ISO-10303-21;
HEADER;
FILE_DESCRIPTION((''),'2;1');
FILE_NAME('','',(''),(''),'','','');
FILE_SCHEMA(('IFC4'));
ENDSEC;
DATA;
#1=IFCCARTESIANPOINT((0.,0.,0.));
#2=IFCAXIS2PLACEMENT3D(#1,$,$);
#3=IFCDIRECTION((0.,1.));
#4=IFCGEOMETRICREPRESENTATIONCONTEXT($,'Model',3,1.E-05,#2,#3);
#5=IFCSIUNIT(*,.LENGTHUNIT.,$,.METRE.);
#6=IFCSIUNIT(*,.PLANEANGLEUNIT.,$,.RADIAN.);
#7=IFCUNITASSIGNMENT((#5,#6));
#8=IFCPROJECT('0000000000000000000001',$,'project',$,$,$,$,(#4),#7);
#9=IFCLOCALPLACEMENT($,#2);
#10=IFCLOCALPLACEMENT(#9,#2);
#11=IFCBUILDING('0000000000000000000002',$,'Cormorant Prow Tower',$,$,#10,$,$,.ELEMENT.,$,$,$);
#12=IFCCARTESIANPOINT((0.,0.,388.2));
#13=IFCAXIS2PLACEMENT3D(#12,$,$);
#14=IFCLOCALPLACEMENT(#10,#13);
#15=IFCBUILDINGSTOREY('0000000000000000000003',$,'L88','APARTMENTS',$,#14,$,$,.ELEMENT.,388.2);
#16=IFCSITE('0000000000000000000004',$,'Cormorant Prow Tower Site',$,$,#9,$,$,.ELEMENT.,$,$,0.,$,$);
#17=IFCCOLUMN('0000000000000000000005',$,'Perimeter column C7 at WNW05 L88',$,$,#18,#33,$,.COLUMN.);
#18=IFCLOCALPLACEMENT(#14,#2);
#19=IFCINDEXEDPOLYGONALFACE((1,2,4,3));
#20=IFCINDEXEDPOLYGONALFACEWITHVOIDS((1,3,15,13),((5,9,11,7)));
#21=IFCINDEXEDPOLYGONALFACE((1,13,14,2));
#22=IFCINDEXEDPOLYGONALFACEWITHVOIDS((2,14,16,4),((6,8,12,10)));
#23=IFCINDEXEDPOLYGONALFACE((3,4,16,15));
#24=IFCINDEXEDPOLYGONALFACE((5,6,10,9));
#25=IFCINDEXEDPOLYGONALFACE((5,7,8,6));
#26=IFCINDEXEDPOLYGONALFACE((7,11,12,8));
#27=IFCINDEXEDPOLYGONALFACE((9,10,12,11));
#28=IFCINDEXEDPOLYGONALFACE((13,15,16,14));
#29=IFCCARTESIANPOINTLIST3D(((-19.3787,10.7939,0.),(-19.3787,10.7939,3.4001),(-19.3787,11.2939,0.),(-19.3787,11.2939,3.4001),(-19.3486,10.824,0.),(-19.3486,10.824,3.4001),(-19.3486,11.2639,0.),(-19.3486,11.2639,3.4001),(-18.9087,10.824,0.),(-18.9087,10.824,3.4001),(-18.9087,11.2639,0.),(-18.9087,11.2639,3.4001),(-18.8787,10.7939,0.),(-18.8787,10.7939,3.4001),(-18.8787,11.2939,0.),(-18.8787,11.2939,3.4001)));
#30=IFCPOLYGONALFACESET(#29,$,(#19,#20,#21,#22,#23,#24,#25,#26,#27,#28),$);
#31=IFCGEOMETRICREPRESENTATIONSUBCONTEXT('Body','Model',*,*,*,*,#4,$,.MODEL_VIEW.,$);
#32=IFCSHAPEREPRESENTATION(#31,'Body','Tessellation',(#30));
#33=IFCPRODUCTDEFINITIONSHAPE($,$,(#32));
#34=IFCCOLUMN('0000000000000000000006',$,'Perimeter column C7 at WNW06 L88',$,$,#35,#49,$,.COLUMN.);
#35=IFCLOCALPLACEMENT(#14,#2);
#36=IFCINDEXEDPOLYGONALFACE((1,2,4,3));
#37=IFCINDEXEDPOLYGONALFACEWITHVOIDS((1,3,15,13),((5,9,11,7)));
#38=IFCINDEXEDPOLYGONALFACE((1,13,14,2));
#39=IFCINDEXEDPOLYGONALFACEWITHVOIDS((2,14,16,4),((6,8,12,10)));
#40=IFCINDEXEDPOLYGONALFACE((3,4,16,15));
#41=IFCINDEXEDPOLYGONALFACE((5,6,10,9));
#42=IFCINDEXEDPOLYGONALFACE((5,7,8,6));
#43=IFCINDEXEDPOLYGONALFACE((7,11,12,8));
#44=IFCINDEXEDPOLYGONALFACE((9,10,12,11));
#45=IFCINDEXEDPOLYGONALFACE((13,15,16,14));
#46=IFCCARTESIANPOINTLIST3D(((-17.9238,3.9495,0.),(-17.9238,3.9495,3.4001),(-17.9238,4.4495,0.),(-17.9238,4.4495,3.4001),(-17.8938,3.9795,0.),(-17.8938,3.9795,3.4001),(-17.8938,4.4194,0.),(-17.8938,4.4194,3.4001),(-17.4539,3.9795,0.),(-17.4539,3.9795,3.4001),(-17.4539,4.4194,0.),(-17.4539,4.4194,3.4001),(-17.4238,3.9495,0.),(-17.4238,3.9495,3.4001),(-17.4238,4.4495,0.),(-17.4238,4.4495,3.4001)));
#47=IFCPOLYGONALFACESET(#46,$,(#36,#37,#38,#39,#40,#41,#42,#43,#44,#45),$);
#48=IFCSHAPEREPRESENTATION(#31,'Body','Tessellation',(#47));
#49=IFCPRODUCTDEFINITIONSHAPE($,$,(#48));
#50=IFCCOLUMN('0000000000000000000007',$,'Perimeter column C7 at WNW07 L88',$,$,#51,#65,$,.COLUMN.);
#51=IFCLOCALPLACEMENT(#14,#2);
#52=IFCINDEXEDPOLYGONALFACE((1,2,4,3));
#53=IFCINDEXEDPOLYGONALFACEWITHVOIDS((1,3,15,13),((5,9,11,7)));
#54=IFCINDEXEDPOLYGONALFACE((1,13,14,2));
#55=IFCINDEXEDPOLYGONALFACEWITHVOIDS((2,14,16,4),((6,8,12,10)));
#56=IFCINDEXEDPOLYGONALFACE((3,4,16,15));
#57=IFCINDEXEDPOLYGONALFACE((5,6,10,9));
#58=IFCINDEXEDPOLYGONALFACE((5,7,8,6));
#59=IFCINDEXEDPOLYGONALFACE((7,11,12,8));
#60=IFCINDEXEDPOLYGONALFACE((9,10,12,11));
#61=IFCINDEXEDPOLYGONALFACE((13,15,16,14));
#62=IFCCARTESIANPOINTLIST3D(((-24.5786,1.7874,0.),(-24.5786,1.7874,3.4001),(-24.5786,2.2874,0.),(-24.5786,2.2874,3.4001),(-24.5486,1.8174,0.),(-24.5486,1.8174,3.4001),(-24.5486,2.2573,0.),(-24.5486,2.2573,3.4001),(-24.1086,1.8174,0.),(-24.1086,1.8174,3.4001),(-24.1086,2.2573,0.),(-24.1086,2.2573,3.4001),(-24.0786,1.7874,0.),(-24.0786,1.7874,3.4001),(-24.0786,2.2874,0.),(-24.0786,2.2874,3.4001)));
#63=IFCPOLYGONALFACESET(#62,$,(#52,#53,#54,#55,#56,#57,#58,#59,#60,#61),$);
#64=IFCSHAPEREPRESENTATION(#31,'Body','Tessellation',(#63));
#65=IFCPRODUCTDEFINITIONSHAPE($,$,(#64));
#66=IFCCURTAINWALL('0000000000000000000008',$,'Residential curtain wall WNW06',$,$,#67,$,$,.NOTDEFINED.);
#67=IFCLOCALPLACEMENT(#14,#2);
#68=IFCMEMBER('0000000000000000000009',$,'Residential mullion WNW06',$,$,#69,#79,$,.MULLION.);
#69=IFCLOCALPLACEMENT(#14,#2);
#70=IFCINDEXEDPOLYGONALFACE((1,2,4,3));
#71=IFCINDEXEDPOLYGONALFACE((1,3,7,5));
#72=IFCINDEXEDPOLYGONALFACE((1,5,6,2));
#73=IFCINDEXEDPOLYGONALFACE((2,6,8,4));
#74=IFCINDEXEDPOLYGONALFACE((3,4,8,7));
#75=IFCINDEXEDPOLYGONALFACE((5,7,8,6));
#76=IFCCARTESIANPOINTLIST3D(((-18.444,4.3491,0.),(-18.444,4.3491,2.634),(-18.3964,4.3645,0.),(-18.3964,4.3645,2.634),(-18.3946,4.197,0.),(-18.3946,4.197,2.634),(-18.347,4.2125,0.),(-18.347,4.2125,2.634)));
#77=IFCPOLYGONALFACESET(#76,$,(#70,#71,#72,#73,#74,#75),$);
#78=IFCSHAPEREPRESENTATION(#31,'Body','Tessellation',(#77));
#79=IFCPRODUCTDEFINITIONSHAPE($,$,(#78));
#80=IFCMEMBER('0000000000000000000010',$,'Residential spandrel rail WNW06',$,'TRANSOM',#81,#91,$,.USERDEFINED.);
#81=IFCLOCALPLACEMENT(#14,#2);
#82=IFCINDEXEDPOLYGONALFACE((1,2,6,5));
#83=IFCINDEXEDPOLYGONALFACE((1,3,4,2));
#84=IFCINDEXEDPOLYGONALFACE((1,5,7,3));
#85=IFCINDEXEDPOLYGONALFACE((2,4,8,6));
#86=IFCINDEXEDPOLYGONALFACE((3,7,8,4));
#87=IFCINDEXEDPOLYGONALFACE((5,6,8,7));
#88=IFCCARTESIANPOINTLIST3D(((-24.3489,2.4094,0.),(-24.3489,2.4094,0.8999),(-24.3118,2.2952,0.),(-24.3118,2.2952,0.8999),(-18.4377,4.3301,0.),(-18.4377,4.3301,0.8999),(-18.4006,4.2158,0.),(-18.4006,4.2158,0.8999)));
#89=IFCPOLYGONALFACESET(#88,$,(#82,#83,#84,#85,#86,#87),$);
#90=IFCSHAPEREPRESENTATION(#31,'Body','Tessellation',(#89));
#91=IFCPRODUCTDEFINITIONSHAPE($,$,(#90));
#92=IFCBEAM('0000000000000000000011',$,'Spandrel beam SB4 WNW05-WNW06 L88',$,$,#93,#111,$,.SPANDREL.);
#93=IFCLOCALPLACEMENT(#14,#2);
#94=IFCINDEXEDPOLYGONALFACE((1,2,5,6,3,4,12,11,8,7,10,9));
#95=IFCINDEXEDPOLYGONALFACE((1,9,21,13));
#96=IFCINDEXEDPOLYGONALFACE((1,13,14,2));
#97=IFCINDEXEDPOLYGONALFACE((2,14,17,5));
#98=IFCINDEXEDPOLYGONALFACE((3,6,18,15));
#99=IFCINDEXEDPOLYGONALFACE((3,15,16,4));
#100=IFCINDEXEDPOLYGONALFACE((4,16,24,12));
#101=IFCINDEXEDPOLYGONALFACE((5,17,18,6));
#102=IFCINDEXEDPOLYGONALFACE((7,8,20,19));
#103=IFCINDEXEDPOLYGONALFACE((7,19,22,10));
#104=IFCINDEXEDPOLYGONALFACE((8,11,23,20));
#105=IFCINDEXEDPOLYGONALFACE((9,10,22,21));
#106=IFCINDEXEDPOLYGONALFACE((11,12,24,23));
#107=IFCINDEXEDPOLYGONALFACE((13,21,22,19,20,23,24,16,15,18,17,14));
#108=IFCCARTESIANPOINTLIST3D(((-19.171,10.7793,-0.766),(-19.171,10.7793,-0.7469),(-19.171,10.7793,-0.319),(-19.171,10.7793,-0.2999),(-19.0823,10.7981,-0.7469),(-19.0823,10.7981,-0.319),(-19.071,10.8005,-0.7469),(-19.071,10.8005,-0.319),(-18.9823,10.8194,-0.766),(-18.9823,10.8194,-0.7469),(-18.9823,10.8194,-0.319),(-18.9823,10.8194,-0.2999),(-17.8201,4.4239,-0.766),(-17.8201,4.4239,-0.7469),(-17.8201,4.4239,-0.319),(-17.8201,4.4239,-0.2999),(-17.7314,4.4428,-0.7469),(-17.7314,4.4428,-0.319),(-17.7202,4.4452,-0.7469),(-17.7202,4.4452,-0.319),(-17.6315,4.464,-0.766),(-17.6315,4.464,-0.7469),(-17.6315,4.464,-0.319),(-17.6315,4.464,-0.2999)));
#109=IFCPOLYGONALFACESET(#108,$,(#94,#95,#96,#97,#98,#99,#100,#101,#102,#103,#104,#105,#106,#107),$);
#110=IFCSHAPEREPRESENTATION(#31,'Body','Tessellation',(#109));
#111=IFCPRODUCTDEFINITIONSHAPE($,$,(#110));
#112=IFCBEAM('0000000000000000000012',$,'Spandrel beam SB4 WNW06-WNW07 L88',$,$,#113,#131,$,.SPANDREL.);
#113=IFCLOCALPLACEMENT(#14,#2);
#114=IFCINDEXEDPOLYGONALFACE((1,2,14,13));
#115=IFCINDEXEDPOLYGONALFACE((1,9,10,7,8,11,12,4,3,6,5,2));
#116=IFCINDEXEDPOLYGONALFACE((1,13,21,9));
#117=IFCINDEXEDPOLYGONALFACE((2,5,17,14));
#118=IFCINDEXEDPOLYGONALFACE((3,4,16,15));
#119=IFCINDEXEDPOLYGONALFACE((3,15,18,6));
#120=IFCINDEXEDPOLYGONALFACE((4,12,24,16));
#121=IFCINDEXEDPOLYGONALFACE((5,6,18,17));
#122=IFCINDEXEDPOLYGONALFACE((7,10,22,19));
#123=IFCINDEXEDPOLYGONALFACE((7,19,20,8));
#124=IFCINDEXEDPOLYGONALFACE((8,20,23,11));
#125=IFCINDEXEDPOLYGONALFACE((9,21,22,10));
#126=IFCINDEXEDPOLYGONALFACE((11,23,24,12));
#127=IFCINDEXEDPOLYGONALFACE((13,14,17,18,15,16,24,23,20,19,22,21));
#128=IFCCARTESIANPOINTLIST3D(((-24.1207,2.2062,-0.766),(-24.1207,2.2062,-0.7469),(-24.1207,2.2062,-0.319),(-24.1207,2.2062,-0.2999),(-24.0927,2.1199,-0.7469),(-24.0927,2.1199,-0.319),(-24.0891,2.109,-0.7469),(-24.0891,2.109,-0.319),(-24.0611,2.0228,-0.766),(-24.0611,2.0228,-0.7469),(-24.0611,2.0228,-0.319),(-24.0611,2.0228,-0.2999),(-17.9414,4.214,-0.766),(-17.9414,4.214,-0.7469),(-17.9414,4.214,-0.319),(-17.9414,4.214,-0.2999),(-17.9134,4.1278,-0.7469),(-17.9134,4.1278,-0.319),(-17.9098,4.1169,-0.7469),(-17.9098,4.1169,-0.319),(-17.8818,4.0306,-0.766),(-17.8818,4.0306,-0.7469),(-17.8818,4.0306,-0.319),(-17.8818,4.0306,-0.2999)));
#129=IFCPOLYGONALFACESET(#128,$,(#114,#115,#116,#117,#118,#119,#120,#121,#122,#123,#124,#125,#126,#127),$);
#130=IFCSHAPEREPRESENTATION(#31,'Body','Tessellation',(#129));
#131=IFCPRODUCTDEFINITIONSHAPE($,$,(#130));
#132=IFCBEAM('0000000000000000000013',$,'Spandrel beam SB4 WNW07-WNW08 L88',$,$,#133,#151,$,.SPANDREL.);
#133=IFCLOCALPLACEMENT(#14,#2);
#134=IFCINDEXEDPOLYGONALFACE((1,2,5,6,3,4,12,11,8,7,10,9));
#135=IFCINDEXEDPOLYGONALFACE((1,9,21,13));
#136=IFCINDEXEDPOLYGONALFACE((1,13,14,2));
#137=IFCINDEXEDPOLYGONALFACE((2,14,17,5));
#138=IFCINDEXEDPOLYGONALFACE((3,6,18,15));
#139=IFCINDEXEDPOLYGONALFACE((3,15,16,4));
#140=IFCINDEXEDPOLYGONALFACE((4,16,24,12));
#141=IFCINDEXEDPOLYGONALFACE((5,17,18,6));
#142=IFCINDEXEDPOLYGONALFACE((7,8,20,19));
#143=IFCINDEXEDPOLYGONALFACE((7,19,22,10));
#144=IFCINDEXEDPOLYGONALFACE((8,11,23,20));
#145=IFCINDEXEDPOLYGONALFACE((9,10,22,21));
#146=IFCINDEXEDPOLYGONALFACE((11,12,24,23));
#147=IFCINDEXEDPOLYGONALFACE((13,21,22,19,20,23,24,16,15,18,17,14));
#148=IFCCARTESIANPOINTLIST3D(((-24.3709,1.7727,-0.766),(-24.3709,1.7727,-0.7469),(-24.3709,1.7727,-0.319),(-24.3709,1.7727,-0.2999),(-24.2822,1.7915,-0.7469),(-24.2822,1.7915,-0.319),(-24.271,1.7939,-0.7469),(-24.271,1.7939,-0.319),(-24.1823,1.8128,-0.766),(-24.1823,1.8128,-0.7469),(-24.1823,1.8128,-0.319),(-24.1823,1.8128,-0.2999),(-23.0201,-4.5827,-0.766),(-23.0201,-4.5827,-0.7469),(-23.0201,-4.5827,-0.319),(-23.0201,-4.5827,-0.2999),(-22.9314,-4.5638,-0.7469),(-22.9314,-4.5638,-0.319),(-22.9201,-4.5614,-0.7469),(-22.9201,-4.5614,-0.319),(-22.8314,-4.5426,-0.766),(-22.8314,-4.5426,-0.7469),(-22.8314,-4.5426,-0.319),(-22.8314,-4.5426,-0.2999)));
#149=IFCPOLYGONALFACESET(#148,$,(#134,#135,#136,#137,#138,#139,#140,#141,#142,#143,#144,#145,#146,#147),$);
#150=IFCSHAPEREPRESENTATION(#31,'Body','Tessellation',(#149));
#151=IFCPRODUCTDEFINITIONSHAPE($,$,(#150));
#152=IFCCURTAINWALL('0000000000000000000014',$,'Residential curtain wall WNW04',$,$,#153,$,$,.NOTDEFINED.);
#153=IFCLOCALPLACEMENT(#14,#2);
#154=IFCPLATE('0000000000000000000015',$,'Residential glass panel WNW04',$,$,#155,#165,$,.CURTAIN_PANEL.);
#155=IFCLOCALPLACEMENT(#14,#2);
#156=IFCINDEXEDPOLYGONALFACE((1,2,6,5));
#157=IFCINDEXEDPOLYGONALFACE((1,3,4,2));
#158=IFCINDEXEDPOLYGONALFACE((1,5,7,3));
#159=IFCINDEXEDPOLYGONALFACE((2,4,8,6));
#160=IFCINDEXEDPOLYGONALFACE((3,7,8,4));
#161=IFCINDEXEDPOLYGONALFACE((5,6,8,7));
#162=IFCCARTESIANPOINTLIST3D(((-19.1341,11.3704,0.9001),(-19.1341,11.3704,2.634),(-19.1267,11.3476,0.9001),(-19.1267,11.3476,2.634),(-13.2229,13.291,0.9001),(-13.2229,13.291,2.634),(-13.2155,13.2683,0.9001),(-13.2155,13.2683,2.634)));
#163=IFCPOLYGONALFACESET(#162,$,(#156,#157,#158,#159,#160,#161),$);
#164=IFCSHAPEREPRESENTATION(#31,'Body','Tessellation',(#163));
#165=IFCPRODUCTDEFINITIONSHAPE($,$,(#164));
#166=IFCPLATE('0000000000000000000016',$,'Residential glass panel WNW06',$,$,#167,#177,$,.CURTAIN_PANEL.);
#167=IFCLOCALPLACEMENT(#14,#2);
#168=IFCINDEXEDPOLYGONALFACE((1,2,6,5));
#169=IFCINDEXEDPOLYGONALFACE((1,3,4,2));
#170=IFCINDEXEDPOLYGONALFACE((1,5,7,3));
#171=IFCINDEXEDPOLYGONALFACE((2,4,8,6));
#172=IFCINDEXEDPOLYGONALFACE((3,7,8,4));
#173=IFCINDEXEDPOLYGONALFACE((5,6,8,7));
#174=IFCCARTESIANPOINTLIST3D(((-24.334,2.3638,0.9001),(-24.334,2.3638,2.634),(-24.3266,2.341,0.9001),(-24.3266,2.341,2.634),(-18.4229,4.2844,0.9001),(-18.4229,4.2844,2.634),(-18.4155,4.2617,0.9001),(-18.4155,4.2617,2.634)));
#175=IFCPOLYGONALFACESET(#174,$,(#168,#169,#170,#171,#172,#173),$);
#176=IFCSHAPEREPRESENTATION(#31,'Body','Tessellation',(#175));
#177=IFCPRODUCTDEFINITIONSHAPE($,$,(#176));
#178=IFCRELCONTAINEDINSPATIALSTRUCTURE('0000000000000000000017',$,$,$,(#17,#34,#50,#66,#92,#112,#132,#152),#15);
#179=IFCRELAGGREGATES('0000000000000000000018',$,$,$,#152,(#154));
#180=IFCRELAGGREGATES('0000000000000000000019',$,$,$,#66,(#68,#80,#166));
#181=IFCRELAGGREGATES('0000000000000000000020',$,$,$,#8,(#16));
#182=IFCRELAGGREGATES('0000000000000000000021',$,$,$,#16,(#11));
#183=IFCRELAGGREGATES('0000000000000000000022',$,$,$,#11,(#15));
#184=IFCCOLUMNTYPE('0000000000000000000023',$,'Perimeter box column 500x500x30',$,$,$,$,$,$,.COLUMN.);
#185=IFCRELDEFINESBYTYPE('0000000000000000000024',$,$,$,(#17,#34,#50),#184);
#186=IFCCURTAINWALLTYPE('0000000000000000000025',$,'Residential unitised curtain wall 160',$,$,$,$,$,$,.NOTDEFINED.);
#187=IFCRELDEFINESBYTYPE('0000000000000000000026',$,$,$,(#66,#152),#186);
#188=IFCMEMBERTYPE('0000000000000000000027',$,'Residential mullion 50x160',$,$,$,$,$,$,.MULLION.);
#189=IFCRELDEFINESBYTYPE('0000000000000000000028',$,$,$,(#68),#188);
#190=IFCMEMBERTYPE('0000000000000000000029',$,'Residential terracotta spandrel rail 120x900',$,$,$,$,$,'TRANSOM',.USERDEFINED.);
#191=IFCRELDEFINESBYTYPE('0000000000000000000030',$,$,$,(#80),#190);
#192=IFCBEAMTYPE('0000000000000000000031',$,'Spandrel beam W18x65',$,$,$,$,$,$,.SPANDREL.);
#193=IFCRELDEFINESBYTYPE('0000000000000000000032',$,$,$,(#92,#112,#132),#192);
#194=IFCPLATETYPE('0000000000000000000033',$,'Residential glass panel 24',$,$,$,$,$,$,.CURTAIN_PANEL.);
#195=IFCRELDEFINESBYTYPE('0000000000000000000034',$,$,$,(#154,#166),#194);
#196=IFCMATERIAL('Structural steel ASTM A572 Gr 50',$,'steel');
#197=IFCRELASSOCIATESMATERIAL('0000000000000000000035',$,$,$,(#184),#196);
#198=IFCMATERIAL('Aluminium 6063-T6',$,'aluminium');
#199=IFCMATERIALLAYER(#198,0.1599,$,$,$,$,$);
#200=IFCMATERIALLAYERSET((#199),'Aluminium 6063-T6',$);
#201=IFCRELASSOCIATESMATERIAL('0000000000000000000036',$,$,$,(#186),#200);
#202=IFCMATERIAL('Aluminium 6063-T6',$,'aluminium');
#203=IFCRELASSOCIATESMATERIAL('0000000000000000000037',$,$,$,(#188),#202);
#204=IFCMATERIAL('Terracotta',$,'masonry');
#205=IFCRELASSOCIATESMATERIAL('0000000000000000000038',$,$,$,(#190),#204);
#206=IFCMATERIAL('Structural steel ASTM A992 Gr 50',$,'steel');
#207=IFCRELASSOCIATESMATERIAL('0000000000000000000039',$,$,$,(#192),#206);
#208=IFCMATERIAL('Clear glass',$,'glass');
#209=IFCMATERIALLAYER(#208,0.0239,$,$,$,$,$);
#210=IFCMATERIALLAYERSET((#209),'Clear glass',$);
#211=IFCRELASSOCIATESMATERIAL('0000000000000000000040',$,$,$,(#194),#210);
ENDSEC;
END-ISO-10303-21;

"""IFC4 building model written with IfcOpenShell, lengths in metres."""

from ifc_helpers import new_model, si_unit, direction, frame, origin, origin_2d, place, context, subcontext, project, spatial, rectangle, hollow_rectangle, i_section, extrude, material, layer, layer_set, material_profile, profile_set, type_object, element, aggregate, save


model = new_model("IFC4")

# Units and contexts
model_context = context("Model", 3, precision=1e-05, world=origin(), true_north=direction((0.0, 1.0)))
body_context = subcontext(model_context, "Body", "Model", "MODEL_VIEW")
ifc_project = project(units=[si_unit("LENGTHUNIT", "METRE"), si_unit("PLANEANGLEUNIT", "RADIAN")], contexts=[model_context])

# Site, building, storey
site_placement = place(None, origin())
site = spatial("IfcSite", under=ifc_project, at=site_placement, Name="Cormorant Prow Tower Site", CompositionType="ELEMENT", RefElevation=0.0)
building_placement = place(site_placement, origin())
building = spatial("IfcBuilding", under=site, at=building_placement, Name="Cormorant Prow Tower", CompositionType="ELEMENT")
storey_placement = place(building_placement, frame((0.0, 0.0, 388.2)))
storey = spatial("IfcBuildingStorey", under=building, at=storey_placement, Name="L88", Description="APARTMENTS", CompositionType="ELEMENT", Elevation=388.2)

# Columns
ifc_material_1 = material(Name="Structural steel ASTM A572 Gr 50", Category="steel")
ifc_material_profile_1 = material_profile(ifc_material_1, hollow_rectangle(XDim=0.5, YDim=0.5, WallThickness=0.03, at=origin_2d()), Name="Box 500x500x30")
ifc_profile_set_1 = profile_set([ifc_material_profile_1], Name="Structural steel ASTM A572 Gr 50")
column_type = type_object("IfcColumnType", Name="Perimeter box column 500x500x30", PredefinedType="COLUMN", material=ifc_profile_set_1)
for number, where, z_axis, x_axis, name in (
    (1, (-19.1287, 11.0439, 0.0), (0.0, 0.0, 1.0), (1.0, 0.0, 0.0), "Perimeter column C7 at WNW05 L88"),
    (2, (-17.6738, 4.1995, 0.0), (0.0, 0.0, 1.0), (1.0, 0.0, 0.0), "Perimeter column C7 at WNW06 L88"),
    (3, (-24.3286, 2.0374, 0.0), (0.0, 0.0, 1.0), (1.0, 0.0, 0.0), "Perimeter column C7 at WNW07 L88"),
):
    element("IfcColumn", number, at=place(storey_placement, frame(where, z_axis=z_axis, x_axis=x_axis)), inside=storey, type_object=column_type, Name=name, PredefinedType="COLUMN", context=body_context, shape_type="SweptSolid", body=[
        extrude(hollow_rectangle(XDim=0.5, YDim=0.5, WallThickness=0.03, at=origin_2d()), origin(), (0.0, 0.0, 1.0), 3.4001),
    ])

# Curtain wall, members
ifc_material_2 = material(Name="Aluminium 6063-T6", Category="aluminium")
ifc_layer_1 = layer(ifc_material_2, 0.1599)
ifc_layer_set_1 = layer_set([ifc_layer_1], Name="Aluminium 6063-T6")
curtain_wall_type = type_object("IfcCurtainWallType", Name="Residential unitised curtain wall 160", PredefinedType="NOTDEFINED", material=ifc_layer_set_1)
curtain_wall_1_placement = place(storey_placement, origin())
curtain_wall_1 = element("IfcCurtainWall", 4, at=curtain_wall_1_placement, inside=storey, type_object=curtain_wall_type, Name="Residential curtain wall WNW06", PredefinedType="NOTDEFINED")
ifc_material_3 = material(Name="Aluminium 6063-T6", Category="aluminium")
ifc_material_profile_2 = material_profile(ifc_material_3, rectangle(XDim=0.1599, YDim=0.05, at=origin_2d()), Name="Residential mullion 50x160")
ifc_profile_set_2 = profile_set([ifc_material_profile_2], Name="Aluminium 6063-T6")
member_type_1 = type_object("IfcMemberType", Name="Residential mullion 50x160", PredefinedType="MULLION", material=ifc_profile_set_2)
member_1_placement = place(storey_placement, frame((-18.3955, 4.2808, 0.0), z_axis=(0.0, 0.0, 1.0), x_axis=(0.309017, -0.951057, 0.0)))
member_1 = element("IfcMember", 5, at=member_1_placement, type_object=member_type_1, Name="Residential mullion WNW06", PredefinedType="MULLION", context=body_context, shape_type="SweptSolid", body=[
    extrude(rectangle(XDim=0.1599, YDim=0.05, at=origin_2d()), origin(), (0.0, 0.0, 1.0), 2.634),
])
ifc_material_4 = material(Name="Terracotta", Category="masonry")
ifc_material_profile_3 = material_profile(ifc_material_4, rectangle(XDim=0.1201, YDim=0.8999, at=origin_2d()), Name="Residential terracotta spandrel rail 120x900")
ifc_profile_set_3 = profile_set([ifc_material_profile_3], Name="Terracotta")
member_type_2 = type_object("IfcMemberType", Name="Residential terracotta spandrel rail 120x900", ElementType="TRANSOM", PredefinedType="USERDEFINED", material=ifc_profile_set_3)
member_2_placement = place(storey_placement, frame((-18.4192, 4.2729, 0.45), z_axis=(-0.951056, -0.309019, 0.0), x_axis=(0.309019, -0.951056, 0.0)))
member_2 = element("IfcMember", 6, at=member_2_placement, type_object=member_type_2, Name="Residential spandrel rail WNW06", ObjectType="TRANSOM", PredefinedType="USERDEFINED", context=body_context, shape_type="SweptSolid", body=[
    extrude(rectangle(XDim=0.1201, YDim=0.8999, at=origin_2d()), origin(), (0.0, 0.0, 1.0), 6.2153),
])

# Beams
ifc_material_5 = material(Name="Structural steel ASTM A992 Gr 50", Category="steel")
ifc_material_profile_4 = material_profile(ifc_material_5, i_section(OverallWidth=0.1929, OverallDepth=0.4661, WebThickness=0.0115, FlangeThickness=0.019, at=origin_2d()), Name="W18x65")
ifc_profile_set_4 = profile_set([ifc_material_profile_4], Name="Structural steel ASTM A992 Gr 50")
beam_type = type_object("IfcBeamType", Name="Spandrel beam W18x65", PredefinedType="SPANDREL", material=ifc_profile_set_4)
for number, where, z_axis, x_axis, name in (
    (7, (-19.0767, 10.7993, -0.533), (0.20791, -0.978148, 0.0), (0.978148, 0.20791, 0.0), "Spandrel beam SB4 WNW05-WNW06 L88"),
    (8, (-17.9116, 4.1223, -0.533), (-0.951053, -0.309027, 0.0), (0.309027, -0.951053, 0.0), "Spandrel beam SB4 WNW06-WNW07 L88"),
    (9, (-24.2766, 1.7927, -0.533), (0.20791, -0.978148, 0.0), (0.978148, 0.20791, 0.0), "Spandrel beam SB4 WNW07-WNW08 L88"),
):
    element("IfcBeam", number, at=place(storey_placement, frame(where, z_axis=z_axis, x_axis=x_axis)), inside=storey, type_object=beam_type, Name=name, PredefinedType="SPANDREL", context=body_context, shape_type="SweptSolid", body=[
        extrude(i_section(OverallWidth=0.1929, OverallDepth=0.4661, WebThickness=0.0115, FlangeThickness=0.019, at=origin_2d()), origin(), (0.0, 0.0, 1.0), 6.4973),
    ])

# Curtain wall, plate
curtain_wall_2_placement = place(storey_placement, origin())
curtain_wall_2 = element("IfcCurtainWall", 10, at=curtain_wall_2_placement, inside=storey, type_object=curtain_wall_type, Name="Residential curtain wall WNW04", PredefinedType="NOTDEFINED")
ifc_material_6 = material(Name="Clear glass", Category="glass")
ifc_layer_2 = layer(ifc_material_6, 0.0239)
ifc_layer_set_2 = layer_set([ifc_layer_2], Name="Clear glass")
plate_type = type_object("IfcPlateType", Name="Residential glass panel 24", PredefinedType="CURTAIN_PANEL", material=ifc_layer_set_2)
plate_1_placement = place(storey_placement, frame((-16.1748, 12.3193, 0.9001), z_axis=(0.0, 0.0, 1.0), x_axis=(-0.951057, -0.309017, 0.0)))
plate_1 = element("IfcPlate", 11, at=plate_1_placement, type_object=plate_type, Name="Residential glass panel WNW04", PredefinedType="CURTAIN_PANEL", context=body_context, shape_type="SweptSolid", body=[
    extrude(rectangle(XDim=6.2153, YDim=0.0239, at=origin_2d()), origin(), (0.0, 0.0, 1.0), 1.7339),
])
aggregate(curtain_wall_2, [plate_1])

# Plate
plate_2_placement = place(storey_placement, frame((-21.3748, 3.3127, 0.9001), z_axis=(0.0, 0.0, 1.0), x_axis=(-0.951057, -0.309017, 0.0)))
plate_2 = element("IfcPlate", 12, at=plate_2_placement, type_object=plate_type, Name="Residential glass panel WNW06", PredefinedType="CURTAIN_PANEL", context=body_context, shape_type="SweptSolid", body=[
    extrude(rectangle(XDim=6.2153, YDim=0.0239, at=origin_2d()), origin(), (0.0, 0.0, 1.0), 1.7339),
])
aggregate(curtain_wall_1, [member_1, member_2, plate_2])

save(model, "model.ifc")
